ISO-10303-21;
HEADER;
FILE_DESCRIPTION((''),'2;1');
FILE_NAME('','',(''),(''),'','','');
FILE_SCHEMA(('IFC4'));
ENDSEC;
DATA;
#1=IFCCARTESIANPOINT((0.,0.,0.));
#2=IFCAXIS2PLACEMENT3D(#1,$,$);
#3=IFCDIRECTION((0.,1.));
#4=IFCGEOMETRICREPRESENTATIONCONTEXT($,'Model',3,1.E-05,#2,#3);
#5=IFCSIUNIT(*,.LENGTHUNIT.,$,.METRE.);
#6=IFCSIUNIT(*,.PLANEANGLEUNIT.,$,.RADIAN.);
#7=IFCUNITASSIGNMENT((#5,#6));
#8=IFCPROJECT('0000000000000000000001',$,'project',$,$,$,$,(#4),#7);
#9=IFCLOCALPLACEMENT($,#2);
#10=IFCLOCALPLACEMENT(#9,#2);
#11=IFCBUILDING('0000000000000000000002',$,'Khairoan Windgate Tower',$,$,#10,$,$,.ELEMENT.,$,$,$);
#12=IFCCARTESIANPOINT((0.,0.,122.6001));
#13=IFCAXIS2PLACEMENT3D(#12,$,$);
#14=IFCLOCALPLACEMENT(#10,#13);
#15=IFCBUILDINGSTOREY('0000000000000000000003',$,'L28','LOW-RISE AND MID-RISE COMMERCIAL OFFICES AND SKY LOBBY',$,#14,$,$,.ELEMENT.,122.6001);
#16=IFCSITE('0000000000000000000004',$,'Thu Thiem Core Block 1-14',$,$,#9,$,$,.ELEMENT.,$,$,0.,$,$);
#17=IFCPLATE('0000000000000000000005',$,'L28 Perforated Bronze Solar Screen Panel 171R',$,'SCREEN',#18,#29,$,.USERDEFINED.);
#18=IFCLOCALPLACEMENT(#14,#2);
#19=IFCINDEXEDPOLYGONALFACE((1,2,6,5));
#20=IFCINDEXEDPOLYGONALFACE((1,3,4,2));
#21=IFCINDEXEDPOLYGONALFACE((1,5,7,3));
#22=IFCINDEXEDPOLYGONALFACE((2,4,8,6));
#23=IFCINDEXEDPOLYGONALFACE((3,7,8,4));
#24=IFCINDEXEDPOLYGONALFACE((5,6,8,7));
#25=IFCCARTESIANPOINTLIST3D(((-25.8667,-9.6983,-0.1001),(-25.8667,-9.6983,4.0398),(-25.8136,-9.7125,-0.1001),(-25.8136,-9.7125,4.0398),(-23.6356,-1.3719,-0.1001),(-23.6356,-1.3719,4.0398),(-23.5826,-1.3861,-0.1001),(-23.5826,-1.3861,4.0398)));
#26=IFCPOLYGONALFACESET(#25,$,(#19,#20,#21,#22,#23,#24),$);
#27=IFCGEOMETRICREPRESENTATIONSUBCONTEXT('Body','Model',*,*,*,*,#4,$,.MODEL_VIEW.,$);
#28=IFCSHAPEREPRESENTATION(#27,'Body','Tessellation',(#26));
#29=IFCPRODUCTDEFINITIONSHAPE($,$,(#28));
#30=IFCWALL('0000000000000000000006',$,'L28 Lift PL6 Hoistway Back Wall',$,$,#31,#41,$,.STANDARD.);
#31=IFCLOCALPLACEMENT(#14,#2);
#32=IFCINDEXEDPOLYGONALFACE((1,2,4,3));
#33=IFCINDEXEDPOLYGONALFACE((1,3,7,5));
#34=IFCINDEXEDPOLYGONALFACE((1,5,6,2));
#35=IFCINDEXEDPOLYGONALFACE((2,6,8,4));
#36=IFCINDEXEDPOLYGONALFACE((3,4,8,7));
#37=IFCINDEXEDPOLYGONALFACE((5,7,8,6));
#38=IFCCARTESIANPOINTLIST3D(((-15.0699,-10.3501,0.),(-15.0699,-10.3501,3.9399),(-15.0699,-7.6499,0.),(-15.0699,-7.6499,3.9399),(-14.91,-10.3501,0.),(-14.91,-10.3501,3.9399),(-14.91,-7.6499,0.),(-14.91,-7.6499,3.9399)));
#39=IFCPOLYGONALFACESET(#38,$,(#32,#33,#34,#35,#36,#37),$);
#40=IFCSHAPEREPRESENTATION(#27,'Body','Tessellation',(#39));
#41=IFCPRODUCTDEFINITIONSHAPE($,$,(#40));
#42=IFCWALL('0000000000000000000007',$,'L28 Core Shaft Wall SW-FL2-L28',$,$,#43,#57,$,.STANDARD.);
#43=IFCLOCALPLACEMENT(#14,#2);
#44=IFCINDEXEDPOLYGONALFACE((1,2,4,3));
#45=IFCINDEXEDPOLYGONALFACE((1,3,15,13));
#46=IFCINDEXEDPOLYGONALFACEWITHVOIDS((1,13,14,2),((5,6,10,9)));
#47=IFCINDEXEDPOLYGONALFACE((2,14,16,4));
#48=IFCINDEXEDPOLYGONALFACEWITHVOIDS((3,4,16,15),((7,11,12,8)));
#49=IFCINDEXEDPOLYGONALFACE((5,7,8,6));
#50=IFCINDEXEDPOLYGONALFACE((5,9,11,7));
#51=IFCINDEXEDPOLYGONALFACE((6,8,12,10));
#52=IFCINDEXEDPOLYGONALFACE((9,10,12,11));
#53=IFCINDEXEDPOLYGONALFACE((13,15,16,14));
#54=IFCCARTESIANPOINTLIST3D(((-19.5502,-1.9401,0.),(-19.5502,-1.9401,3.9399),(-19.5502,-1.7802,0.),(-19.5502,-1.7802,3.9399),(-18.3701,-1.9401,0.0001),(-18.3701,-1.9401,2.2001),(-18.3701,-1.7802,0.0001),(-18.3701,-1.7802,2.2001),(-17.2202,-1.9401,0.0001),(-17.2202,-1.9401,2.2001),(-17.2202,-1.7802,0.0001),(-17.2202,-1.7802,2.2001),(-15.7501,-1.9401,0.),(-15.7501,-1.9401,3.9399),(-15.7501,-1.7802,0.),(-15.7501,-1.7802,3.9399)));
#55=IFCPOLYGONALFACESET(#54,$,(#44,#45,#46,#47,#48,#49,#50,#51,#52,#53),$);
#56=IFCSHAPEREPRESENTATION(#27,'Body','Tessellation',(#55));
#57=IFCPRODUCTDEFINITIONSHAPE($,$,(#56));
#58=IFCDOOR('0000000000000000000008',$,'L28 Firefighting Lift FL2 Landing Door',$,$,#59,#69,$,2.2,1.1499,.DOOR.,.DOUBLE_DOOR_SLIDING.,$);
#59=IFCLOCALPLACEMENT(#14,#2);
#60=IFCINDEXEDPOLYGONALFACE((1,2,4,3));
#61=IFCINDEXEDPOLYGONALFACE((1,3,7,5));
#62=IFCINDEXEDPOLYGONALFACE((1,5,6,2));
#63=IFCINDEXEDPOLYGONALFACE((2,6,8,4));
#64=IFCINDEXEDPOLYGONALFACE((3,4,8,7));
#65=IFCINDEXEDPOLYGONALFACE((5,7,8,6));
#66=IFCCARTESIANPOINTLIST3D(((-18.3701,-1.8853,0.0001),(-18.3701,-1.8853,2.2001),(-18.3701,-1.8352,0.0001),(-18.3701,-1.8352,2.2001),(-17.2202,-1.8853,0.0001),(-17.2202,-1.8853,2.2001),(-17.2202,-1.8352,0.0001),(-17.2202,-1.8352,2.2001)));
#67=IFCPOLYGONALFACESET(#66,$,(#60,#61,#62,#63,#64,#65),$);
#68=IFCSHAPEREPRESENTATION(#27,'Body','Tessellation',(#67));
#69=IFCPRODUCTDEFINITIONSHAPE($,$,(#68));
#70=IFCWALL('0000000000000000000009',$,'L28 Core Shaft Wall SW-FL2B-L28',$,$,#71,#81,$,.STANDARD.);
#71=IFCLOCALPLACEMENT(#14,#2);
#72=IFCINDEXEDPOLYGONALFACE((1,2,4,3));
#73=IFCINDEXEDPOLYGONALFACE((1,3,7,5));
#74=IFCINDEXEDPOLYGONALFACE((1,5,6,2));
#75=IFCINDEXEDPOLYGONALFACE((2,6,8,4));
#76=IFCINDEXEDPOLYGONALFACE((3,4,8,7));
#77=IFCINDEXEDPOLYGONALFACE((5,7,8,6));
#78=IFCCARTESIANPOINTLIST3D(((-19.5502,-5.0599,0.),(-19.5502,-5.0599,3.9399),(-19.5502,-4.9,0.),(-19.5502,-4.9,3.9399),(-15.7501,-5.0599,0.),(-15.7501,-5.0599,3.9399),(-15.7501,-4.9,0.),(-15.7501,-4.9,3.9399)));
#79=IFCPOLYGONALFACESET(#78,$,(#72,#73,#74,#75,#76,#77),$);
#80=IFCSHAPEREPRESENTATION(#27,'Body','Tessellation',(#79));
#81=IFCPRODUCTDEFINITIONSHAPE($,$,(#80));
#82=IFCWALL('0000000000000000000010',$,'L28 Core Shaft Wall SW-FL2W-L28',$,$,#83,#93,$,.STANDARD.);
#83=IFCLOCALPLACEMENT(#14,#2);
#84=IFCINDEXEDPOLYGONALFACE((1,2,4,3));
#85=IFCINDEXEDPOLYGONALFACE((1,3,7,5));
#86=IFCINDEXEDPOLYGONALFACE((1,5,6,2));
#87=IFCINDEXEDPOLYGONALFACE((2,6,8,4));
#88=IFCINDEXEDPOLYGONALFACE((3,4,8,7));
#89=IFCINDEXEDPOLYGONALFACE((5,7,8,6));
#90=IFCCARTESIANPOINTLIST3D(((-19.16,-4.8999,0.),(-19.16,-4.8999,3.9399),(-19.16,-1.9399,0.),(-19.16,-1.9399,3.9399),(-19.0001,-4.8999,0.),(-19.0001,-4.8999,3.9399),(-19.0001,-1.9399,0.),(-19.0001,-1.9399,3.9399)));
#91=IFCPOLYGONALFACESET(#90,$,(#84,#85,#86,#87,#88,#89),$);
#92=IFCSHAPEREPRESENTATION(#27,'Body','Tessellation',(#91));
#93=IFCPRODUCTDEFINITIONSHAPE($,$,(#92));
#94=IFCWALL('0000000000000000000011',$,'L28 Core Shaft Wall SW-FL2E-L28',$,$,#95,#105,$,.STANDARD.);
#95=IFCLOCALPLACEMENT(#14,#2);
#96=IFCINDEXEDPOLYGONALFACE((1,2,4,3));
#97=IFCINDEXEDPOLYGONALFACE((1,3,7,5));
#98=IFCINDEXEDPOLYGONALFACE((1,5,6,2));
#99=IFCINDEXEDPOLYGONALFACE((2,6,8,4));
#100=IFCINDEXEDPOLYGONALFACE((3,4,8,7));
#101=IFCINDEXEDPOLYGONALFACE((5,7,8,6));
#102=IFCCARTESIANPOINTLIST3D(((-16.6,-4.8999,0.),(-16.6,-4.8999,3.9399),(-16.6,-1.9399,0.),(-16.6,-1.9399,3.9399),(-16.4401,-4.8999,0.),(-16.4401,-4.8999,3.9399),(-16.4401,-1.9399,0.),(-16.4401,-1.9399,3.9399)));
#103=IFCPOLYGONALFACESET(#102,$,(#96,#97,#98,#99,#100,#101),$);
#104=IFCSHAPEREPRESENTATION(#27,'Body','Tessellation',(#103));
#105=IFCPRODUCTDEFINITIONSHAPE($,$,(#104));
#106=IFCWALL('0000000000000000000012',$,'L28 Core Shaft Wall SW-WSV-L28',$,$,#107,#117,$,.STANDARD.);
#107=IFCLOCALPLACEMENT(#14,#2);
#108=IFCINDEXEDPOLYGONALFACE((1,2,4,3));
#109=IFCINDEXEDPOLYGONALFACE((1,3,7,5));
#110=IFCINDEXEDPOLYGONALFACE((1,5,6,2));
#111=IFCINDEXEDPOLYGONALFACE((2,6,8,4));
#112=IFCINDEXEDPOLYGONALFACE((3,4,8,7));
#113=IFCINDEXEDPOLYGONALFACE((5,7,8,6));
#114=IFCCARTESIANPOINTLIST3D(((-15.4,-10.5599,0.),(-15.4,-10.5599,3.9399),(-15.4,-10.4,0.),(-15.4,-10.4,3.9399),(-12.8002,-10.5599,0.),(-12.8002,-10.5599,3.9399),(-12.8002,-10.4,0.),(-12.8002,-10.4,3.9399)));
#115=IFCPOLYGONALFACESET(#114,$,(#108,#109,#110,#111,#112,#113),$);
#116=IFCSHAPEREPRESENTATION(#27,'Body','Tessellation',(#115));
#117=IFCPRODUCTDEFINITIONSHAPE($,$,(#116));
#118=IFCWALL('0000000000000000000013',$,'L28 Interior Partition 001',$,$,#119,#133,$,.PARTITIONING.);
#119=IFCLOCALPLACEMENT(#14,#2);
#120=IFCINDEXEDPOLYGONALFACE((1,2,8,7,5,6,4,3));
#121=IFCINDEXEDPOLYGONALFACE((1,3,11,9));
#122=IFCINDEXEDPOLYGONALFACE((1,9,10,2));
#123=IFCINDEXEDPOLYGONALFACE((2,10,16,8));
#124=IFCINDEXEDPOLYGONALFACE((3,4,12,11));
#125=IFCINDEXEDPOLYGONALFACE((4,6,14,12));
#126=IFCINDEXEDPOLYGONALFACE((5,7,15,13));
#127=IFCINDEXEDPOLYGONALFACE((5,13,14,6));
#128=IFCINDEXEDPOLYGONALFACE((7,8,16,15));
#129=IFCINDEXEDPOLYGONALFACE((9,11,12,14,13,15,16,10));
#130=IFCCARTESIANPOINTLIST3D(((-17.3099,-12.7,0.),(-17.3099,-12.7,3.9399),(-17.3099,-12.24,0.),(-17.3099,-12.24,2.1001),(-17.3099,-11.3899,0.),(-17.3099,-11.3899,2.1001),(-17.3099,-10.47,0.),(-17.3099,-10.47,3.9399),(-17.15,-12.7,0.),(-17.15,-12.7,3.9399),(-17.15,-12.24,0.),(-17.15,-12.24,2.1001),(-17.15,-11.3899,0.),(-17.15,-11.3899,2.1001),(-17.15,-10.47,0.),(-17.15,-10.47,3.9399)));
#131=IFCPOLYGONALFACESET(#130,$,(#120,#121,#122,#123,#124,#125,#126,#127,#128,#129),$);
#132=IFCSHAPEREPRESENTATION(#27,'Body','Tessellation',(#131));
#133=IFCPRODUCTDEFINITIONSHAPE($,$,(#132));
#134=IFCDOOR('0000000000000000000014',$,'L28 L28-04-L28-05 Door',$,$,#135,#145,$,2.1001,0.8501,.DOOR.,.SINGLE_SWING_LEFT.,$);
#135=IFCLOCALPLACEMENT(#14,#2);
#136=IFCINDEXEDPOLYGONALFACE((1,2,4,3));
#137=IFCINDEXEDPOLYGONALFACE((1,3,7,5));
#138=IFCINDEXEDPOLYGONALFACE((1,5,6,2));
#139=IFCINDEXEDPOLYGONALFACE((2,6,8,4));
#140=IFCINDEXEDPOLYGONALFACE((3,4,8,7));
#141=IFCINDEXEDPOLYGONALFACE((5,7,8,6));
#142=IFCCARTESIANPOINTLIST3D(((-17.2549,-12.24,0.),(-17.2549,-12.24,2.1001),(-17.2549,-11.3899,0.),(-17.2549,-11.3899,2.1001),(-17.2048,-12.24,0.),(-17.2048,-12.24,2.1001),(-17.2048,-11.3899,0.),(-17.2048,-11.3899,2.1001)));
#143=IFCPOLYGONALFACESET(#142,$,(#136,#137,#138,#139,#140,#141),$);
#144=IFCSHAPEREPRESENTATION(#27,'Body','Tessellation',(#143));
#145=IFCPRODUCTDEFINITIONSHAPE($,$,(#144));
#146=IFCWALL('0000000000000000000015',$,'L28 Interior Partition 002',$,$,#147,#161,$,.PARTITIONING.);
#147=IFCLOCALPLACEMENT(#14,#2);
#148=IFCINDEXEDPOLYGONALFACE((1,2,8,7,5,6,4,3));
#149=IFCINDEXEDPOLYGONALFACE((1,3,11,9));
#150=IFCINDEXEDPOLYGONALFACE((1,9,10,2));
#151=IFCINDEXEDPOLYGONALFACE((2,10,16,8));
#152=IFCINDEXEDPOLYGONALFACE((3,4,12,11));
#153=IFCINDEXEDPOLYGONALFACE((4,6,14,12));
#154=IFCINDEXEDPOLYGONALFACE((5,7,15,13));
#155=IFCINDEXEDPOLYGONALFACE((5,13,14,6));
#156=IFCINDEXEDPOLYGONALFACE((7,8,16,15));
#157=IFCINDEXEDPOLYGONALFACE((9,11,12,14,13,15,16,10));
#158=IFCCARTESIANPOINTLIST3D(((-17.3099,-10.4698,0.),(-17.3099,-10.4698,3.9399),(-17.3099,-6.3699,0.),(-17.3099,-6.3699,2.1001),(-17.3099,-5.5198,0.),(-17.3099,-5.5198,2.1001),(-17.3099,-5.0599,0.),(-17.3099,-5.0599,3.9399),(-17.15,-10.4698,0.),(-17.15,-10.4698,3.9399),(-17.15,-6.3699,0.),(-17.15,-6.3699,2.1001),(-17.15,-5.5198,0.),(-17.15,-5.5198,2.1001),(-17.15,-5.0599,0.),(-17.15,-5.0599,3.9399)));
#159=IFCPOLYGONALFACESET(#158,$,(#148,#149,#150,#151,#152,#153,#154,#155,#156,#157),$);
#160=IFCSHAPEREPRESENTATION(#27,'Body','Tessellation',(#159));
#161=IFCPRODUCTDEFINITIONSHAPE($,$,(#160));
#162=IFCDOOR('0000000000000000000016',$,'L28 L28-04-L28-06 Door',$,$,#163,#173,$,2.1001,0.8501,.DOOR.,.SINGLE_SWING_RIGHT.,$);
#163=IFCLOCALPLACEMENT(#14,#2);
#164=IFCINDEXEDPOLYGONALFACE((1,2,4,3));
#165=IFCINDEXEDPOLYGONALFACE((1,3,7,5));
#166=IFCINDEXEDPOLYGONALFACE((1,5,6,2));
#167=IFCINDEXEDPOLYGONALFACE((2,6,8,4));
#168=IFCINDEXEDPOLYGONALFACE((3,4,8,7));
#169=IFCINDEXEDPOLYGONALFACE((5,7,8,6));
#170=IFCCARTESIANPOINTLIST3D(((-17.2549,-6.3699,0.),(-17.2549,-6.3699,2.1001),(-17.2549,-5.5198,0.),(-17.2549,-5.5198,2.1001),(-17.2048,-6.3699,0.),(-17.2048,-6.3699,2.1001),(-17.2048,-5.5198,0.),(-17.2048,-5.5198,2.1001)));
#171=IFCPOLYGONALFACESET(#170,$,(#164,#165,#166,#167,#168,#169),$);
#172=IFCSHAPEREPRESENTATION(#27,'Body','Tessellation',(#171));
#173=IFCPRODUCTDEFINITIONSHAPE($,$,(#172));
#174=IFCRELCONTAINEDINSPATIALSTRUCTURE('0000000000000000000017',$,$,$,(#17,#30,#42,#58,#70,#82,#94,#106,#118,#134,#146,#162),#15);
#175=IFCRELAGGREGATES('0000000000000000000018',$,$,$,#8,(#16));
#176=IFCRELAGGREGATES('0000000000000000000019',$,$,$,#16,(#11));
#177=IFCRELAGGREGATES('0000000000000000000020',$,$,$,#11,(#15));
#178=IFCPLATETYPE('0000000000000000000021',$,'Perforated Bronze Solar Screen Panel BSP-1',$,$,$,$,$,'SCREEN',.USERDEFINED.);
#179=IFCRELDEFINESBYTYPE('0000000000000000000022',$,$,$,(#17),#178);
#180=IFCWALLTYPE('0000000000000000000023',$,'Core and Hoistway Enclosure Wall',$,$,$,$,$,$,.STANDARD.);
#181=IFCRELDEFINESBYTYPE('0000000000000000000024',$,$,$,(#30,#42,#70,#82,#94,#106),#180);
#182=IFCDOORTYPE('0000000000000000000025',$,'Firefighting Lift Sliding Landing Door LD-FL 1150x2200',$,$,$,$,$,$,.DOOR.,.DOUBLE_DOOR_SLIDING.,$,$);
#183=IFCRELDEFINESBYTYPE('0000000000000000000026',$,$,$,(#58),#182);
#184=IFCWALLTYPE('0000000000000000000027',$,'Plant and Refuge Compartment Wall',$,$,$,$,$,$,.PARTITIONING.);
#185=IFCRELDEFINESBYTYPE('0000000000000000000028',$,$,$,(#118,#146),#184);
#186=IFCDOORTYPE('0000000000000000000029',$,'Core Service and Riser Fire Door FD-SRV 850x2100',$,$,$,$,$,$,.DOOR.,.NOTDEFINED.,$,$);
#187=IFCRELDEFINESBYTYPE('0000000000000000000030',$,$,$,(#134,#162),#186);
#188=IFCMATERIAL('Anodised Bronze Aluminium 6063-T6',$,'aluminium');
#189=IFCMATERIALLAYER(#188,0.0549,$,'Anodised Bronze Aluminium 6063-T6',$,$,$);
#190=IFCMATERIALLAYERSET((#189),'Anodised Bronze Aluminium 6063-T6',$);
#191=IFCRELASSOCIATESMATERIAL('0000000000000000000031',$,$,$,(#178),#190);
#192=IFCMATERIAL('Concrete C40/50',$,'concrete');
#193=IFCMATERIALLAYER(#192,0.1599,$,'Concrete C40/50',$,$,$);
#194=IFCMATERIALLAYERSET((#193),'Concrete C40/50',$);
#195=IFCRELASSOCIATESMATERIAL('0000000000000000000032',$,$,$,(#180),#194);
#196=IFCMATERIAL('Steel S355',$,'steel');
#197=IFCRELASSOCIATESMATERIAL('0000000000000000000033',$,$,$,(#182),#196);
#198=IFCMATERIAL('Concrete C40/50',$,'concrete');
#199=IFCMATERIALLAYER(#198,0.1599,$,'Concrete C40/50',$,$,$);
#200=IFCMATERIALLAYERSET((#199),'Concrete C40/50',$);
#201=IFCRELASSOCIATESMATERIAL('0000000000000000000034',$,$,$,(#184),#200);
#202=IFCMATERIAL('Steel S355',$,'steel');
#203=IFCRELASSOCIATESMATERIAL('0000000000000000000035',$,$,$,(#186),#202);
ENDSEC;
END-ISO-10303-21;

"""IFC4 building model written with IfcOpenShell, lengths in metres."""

from ifc_helpers import new_model, si_unit, direction, frame, frame_2d, origin, origin_2d, place, context, subcontext, project, spatial, rectangle, extrude, material, layer, layer_set, type_object, element, fill, save


model = new_model("IFC4")

# Units and contexts
model_context = context("Model", 3, precision=1e-05, world=origin(), true_north=direction((0.0, 1.0)))
body_context = subcontext(model_context, "Body", "Model", "MODEL_VIEW")
ifc_project = project(units=[si_unit("LENGTHUNIT", "METRE"), si_unit("PLANEANGLEUNIT", "RADIAN")], contexts=[model_context])

# Site, building, storey
site_placement = place(None, origin())
site = spatial("IfcSite", under=ifc_project, at=site_placement, Name="Thu Thiem Core Block 1-14", CompositionType="ELEMENT", RefElevation=0.0)
building_placement = place(site_placement, origin())
building = spatial("IfcBuilding", under=site, at=building_placement, Name="Khairoan Windgate Tower", CompositionType="ELEMENT")
storey_placement = place(building_placement, frame((0.0, 0.0, 122.6001)))
storey = spatial("IfcBuildingStorey", under=building, at=storey_placement, Name="L28", Description="LOW-RISE AND MID-RISE COMMERCIAL OFFICES AND SKY LOBBY", CompositionType="ELEMENT", Elevation=122.6001)

# Plate
ifc_material_1 = material(Name="Anodised Bronze Aluminium 6063-T6", Category="aluminium")
ifc_layer_1 = layer(ifc_material_1, 0.0549, Name="Anodised Bronze Aluminium 6063-T6")
ifc_layer_set_1 = layer_set([ifc_layer_1], Name="Anodised Bronze Aluminium 6063-T6")
plate_type_1 = type_object("IfcPlateType", Name="Perforated Bronze Solar Screen Panel BSP-1", ElementType="SCREEN", PredefinedType="USERDEFINED", material=ifc_layer_set_1)
plate_1_placement = place(storey_placement, frame((-24.7246, -5.5422, -0.1001), z_axis=(0.0, 0.0, 1.0), x_axis=(0.258819, 0.965926, 0.0)))
element("IfcPlate", 1, at=plate_1_placement, inside=storey, type_object=plate_type_1, Name="L28 Perforated Bronze Solar Screen Panel 171R", ObjectType="SCREEN", PredefinedType="USERDEFINED", context=body_context, shape_type="SweptSolid", body=[
    extrude(rectangle(XDim=8.6201, YDim=0.0549, at=origin_2d()), origin(), (0.0, 0.0, 1.0), 4.1399),
])

# Wall
ifc_material_2 = material(Name="Concrete C40/50", Category="concrete")
ifc_layer_2 = layer(ifc_material_2, 0.1599, Name="Concrete C40/50")
ifc_layer_set_2 = layer_set([ifc_layer_2], Name="Concrete C40/50")
wall_type_1 = type_object("IfcWallType", Name="Core and Hoistway Enclosure Wall", PredefinedType="STANDARD", material=ifc_layer_set_2)
wall_1_placement = place(storey_placement, frame((-14.99, -10.3501, 0.0), z_axis=(0.0, 0.0, 1.0), x_axis=(0.0, 1.0, 0.0)))
element("IfcWall", 2, at=wall_1_placement, inside=storey, type_object=wall_type_1, Name="L28 Lift PL6 Hoistway Back Wall", PredefinedType="STANDARD", context=body_context, shape_type="SweptSolid", body=[
    extrude(rectangle(XDim=2.7002, YDim=0.1599, at=frame_2d((1.3501, 0.0))), origin(), (0.0, 0.0, 1.0), 3.9399),
])

# Wall, opening, door
wall_2_placement = place(storey_placement, frame((-19.55, -1.8601, 0.0), z_axis=(0.0, 0.0, 1.0), x_axis=(1.0, 0.0, 0.0)))
wall_2 = element("IfcWall", 3, at=wall_2_placement, inside=storey, type_object=wall_type_1, Name="L28 Core Shaft Wall SW-FL2-L28", PredefinedType="STANDARD", context=body_context, shape_type="SweptSolid", body=[
    extrude(rectangle(XDim=3.8, YDim=0.1599, at=frame_2d((1.8999, 0.0))), origin(), (0.0, 0.0, 1.0), 3.9399),
])
opening_1_placement = place(wall_2_placement, frame((1.1799, 0.0, 0.0)))
opening_1 = element("IfcOpeningElement", 4, at=opening_1_placement, cuts=wall_2, PredefinedType="OPENING", context=body_context, shape_type="SweptSolid", body=[
    extrude(rectangle(XDim=1.1499, YDim=2.2, at=frame_2d((0.575, 1.1001))), frame((0.0, 0.0898, 0.0), z_axis=(0.0, -1.0, 0.0), x_axis=(1.0, 0.0, 0.0)), (0.0, 0.0, 1.0), 0.1799),
])
ifc_material_3 = material(Name="Steel S355", Category="steel")
door_type_1 = type_object("IfcDoorType", Name="Firefighting Lift Sliding Landing Door LD-FL 1150x2200", OperationType="DOUBLE_DOOR_SLIDING", PredefinedType="DOOR", material=ifc_material_3)
door_1_placement = place(opening_1_placement, origin())
door_1 = element("IfcDoor", 5, at=door_1_placement, inside=storey, type_object=door_type_1, Name="L28 Firefighting Lift FL2 Landing Door", OperationType="DOUBLE_DOOR_SLIDING", OverallHeight=2.2, OverallWidth=1.1499, PredefinedType="DOOR", context=body_context, shape_type="SweptSolid", body=[
    extrude(rectangle(XDim=1.1499, YDim=2.2, at=frame_2d((0.575, 1.1001))), frame((0.0, 0.0249, 0.0), z_axis=(0.0, -1.0, 0.0), x_axis=(1.0, 0.0, 0.0)), (0.0, 0.0, 1.0), 0.05),
])
fill(opening_1, door_1)

# Walls
wall_3_placement = place(storey_placement, frame((-19.55, -4.98, 0.0), z_axis=(0.0, 0.0, 1.0), x_axis=(1.0, 0.0, 0.0)))
element("IfcWall", 6, at=wall_3_placement, inside=storey, type_object=wall_type_1, Name="L28 Core Shaft Wall SW-FL2B-L28", PredefinedType="STANDARD", context=body_context, shape_type="SweptSolid", body=[
    extrude(rectangle(XDim=3.8, YDim=0.1599, at=frame_2d((1.8999, 0.0))), origin(), (0.0, 0.0, 1.0), 3.9399),
])
for number, where, z_axis, x_axis, name in (
    (7, (-19.0801, -4.8999, 0.0), (0.0, 0.0, 1.0), (0.0, 1.0, 0.0), "L28 Core Shaft Wall SW-FL2W-L28"),
    (8, (-16.52, -4.8999, 0.0), (0.0, 0.0, 1.0), (0.0, 1.0, 0.0), "L28 Core Shaft Wall SW-FL2E-L28"),
):
    element("IfcWall", number, at=place(storey_placement, frame(where, z_axis=z_axis, x_axis=x_axis)), inside=storey, type_object=wall_type_1, Name=name, PredefinedType="STANDARD", context=body_context, shape_type="SweptSolid", body=[
        extrude(rectangle(XDim=2.96, YDim=0.1599, at=frame_2d((1.48, 0.0))), origin(), (0.0, 0.0, 1.0), 3.9399),
    ])
wall_4_placement = place(storey_placement, frame((-15.3999, -10.48, 0.0), z_axis=(0.0, 0.0, 1.0), x_axis=(1.0, 0.0, 0.0)))
element("IfcWall", 9, at=wall_4_placement, inside=storey, type_object=wall_type_1, Name="L28 Core Shaft Wall SW-WSV-L28", PredefinedType="STANDARD", context=body_context, shape_type="SweptSolid", body=[
    extrude(rectangle(XDim=2.5999, YDim=0.1599, at=frame_2d((1.2998, 0.0))), origin(), (0.0, 0.0, 1.0), 3.9399),
])

# Walls, openings, doors
ifc_material_4 = material(Name="Concrete C40/50", Category="concrete")
ifc_layer_3 = layer(ifc_material_4, 0.1599, Name="Concrete C40/50")
ifc_layer_set_3 = layer_set([ifc_layer_3], Name="Concrete C40/50")
wall_type_2 = type_object("IfcWallType", Name="Plant and Refuge Compartment Wall", PredefinedType="PARTITIONING", material=ifc_layer_set_3)
wall_5_placement = place(storey_placement, frame((-17.23, -12.7, 0.0), z_axis=(0.0, 0.0, 1.0), x_axis=(0.0, 1.0, 0.0)))
wall_5 = element("IfcWall", 10, at=wall_5_placement, inside=storey, type_object=wall_type_2, Name="L28 Interior Partition 001", PredefinedType="PARTITIONING", context=body_context, shape_type="SweptSolid", body=[
    extrude(rectangle(XDim=2.23, YDim=0.1599, at=frame_2d((1.115, 0.0))), origin(), (0.0, 0.0, 1.0), 3.9399),
])
opening_2_placement = place(wall_5_placement, frame((0.46, 0.0, 0.0)))
opening_2 = element("IfcOpeningElement", 11, at=opening_2_placement, cuts=wall_5, PredefinedType="OPENING", context=body_context, shape_type="SweptSolid", body=[
    extrude(rectangle(XDim=0.8501, YDim=2.1001, at=frame_2d((0.425, 1.05))), frame((0.0, 0.0898, 0.0), z_axis=(0.0, -1.0, 0.0), x_axis=(1.0, 0.0, 0.0)), (0.0, 0.0, 1.0), 0.1799),
])
ifc_material_5 = material(Name="Steel S355", Category="steel")
door_type_2 = type_object("IfcDoorType", Name="Core Service and Riser Fire Door FD-SRV 850x2100", OperationType="NOTDEFINED", PredefinedType="DOOR", material=ifc_material_5)
door_2_placement = place(opening_2_placement, origin())
door_2 = element("IfcDoor", 12, at=door_2_placement, inside=storey, type_object=door_type_2, Name="L28 L28-04-L28-05 Door", OperationType="SINGLE_SWING_LEFT", OverallHeight=2.1001, OverallWidth=0.8501, PredefinedType="DOOR", context=body_context, shape_type="SweptSolid", body=[
    extrude(rectangle(XDim=0.8501, YDim=2.1001, at=frame_2d((0.425, 1.05))), frame((0.0, 0.0249, 0.0), z_axis=(0.0, -1.0, 0.0), x_axis=(1.0, 0.0, 0.0)), (0.0, 0.0, 1.0), 0.05),
])
fill(opening_2, door_2)
wall_6_placement = place(storey_placement, frame((-17.23, -10.47, 0.0), z_axis=(0.0, 0.0, 1.0), x_axis=(0.0, 1.0, 0.0)))
wall_6 = element("IfcWall", 13, at=wall_6_placement, inside=storey, type_object=wall_type_2, Name="L28 Interior Partition 002", PredefinedType="PARTITIONING", context=body_context, shape_type="SweptSolid", body=[
    extrude(rectangle(XDim=5.4099, YDim=0.1599, at=frame_2d((2.7051, 0.0))), origin(), (0.0, 0.0, 1.0), 3.9399),
])
opening_3_placement = place(wall_6_placement, frame((4.1001, 0.0, 0.0)))
opening_3 = element("IfcOpeningElement", 14, at=opening_3_placement, cuts=wall_6, PredefinedType="OPENING", context=body_context, shape_type="SweptSolid", body=[
    extrude(rectangle(XDim=0.8501, YDim=2.1001, at=frame_2d((0.425, 1.05))), frame((0.0, 0.0898, 0.0), z_axis=(0.0, -1.0, 0.0), x_axis=(1.0, 0.0, 0.0)), (0.0, 0.0, 1.0), 0.1799),
])
door_3_placement = place(opening_3_placement, origin())
door_3 = element("IfcDoor", 15, at=door_3_placement, inside=storey, type_object=door_type_2, Name="L28 L28-04-L28-06 Door", OperationType="SINGLE_SWING_RIGHT", OverallHeight=2.1001, OverallWidth=0.8501, PredefinedType="DOOR", context=body_context, shape_type="SweptSolid", body=[
    extrude(rectangle(XDim=0.8501, YDim=2.1001, at=frame_2d((0.425, 1.05))), frame((0.0, 0.0249, 0.0), z_axis=(0.0, -1.0, 0.0), x_axis=(1.0, 0.0, 0.0)), (0.0, 0.0, 1.0), 0.05),
])
fill(opening_3, door_3)

save(model, "model.ifc")
